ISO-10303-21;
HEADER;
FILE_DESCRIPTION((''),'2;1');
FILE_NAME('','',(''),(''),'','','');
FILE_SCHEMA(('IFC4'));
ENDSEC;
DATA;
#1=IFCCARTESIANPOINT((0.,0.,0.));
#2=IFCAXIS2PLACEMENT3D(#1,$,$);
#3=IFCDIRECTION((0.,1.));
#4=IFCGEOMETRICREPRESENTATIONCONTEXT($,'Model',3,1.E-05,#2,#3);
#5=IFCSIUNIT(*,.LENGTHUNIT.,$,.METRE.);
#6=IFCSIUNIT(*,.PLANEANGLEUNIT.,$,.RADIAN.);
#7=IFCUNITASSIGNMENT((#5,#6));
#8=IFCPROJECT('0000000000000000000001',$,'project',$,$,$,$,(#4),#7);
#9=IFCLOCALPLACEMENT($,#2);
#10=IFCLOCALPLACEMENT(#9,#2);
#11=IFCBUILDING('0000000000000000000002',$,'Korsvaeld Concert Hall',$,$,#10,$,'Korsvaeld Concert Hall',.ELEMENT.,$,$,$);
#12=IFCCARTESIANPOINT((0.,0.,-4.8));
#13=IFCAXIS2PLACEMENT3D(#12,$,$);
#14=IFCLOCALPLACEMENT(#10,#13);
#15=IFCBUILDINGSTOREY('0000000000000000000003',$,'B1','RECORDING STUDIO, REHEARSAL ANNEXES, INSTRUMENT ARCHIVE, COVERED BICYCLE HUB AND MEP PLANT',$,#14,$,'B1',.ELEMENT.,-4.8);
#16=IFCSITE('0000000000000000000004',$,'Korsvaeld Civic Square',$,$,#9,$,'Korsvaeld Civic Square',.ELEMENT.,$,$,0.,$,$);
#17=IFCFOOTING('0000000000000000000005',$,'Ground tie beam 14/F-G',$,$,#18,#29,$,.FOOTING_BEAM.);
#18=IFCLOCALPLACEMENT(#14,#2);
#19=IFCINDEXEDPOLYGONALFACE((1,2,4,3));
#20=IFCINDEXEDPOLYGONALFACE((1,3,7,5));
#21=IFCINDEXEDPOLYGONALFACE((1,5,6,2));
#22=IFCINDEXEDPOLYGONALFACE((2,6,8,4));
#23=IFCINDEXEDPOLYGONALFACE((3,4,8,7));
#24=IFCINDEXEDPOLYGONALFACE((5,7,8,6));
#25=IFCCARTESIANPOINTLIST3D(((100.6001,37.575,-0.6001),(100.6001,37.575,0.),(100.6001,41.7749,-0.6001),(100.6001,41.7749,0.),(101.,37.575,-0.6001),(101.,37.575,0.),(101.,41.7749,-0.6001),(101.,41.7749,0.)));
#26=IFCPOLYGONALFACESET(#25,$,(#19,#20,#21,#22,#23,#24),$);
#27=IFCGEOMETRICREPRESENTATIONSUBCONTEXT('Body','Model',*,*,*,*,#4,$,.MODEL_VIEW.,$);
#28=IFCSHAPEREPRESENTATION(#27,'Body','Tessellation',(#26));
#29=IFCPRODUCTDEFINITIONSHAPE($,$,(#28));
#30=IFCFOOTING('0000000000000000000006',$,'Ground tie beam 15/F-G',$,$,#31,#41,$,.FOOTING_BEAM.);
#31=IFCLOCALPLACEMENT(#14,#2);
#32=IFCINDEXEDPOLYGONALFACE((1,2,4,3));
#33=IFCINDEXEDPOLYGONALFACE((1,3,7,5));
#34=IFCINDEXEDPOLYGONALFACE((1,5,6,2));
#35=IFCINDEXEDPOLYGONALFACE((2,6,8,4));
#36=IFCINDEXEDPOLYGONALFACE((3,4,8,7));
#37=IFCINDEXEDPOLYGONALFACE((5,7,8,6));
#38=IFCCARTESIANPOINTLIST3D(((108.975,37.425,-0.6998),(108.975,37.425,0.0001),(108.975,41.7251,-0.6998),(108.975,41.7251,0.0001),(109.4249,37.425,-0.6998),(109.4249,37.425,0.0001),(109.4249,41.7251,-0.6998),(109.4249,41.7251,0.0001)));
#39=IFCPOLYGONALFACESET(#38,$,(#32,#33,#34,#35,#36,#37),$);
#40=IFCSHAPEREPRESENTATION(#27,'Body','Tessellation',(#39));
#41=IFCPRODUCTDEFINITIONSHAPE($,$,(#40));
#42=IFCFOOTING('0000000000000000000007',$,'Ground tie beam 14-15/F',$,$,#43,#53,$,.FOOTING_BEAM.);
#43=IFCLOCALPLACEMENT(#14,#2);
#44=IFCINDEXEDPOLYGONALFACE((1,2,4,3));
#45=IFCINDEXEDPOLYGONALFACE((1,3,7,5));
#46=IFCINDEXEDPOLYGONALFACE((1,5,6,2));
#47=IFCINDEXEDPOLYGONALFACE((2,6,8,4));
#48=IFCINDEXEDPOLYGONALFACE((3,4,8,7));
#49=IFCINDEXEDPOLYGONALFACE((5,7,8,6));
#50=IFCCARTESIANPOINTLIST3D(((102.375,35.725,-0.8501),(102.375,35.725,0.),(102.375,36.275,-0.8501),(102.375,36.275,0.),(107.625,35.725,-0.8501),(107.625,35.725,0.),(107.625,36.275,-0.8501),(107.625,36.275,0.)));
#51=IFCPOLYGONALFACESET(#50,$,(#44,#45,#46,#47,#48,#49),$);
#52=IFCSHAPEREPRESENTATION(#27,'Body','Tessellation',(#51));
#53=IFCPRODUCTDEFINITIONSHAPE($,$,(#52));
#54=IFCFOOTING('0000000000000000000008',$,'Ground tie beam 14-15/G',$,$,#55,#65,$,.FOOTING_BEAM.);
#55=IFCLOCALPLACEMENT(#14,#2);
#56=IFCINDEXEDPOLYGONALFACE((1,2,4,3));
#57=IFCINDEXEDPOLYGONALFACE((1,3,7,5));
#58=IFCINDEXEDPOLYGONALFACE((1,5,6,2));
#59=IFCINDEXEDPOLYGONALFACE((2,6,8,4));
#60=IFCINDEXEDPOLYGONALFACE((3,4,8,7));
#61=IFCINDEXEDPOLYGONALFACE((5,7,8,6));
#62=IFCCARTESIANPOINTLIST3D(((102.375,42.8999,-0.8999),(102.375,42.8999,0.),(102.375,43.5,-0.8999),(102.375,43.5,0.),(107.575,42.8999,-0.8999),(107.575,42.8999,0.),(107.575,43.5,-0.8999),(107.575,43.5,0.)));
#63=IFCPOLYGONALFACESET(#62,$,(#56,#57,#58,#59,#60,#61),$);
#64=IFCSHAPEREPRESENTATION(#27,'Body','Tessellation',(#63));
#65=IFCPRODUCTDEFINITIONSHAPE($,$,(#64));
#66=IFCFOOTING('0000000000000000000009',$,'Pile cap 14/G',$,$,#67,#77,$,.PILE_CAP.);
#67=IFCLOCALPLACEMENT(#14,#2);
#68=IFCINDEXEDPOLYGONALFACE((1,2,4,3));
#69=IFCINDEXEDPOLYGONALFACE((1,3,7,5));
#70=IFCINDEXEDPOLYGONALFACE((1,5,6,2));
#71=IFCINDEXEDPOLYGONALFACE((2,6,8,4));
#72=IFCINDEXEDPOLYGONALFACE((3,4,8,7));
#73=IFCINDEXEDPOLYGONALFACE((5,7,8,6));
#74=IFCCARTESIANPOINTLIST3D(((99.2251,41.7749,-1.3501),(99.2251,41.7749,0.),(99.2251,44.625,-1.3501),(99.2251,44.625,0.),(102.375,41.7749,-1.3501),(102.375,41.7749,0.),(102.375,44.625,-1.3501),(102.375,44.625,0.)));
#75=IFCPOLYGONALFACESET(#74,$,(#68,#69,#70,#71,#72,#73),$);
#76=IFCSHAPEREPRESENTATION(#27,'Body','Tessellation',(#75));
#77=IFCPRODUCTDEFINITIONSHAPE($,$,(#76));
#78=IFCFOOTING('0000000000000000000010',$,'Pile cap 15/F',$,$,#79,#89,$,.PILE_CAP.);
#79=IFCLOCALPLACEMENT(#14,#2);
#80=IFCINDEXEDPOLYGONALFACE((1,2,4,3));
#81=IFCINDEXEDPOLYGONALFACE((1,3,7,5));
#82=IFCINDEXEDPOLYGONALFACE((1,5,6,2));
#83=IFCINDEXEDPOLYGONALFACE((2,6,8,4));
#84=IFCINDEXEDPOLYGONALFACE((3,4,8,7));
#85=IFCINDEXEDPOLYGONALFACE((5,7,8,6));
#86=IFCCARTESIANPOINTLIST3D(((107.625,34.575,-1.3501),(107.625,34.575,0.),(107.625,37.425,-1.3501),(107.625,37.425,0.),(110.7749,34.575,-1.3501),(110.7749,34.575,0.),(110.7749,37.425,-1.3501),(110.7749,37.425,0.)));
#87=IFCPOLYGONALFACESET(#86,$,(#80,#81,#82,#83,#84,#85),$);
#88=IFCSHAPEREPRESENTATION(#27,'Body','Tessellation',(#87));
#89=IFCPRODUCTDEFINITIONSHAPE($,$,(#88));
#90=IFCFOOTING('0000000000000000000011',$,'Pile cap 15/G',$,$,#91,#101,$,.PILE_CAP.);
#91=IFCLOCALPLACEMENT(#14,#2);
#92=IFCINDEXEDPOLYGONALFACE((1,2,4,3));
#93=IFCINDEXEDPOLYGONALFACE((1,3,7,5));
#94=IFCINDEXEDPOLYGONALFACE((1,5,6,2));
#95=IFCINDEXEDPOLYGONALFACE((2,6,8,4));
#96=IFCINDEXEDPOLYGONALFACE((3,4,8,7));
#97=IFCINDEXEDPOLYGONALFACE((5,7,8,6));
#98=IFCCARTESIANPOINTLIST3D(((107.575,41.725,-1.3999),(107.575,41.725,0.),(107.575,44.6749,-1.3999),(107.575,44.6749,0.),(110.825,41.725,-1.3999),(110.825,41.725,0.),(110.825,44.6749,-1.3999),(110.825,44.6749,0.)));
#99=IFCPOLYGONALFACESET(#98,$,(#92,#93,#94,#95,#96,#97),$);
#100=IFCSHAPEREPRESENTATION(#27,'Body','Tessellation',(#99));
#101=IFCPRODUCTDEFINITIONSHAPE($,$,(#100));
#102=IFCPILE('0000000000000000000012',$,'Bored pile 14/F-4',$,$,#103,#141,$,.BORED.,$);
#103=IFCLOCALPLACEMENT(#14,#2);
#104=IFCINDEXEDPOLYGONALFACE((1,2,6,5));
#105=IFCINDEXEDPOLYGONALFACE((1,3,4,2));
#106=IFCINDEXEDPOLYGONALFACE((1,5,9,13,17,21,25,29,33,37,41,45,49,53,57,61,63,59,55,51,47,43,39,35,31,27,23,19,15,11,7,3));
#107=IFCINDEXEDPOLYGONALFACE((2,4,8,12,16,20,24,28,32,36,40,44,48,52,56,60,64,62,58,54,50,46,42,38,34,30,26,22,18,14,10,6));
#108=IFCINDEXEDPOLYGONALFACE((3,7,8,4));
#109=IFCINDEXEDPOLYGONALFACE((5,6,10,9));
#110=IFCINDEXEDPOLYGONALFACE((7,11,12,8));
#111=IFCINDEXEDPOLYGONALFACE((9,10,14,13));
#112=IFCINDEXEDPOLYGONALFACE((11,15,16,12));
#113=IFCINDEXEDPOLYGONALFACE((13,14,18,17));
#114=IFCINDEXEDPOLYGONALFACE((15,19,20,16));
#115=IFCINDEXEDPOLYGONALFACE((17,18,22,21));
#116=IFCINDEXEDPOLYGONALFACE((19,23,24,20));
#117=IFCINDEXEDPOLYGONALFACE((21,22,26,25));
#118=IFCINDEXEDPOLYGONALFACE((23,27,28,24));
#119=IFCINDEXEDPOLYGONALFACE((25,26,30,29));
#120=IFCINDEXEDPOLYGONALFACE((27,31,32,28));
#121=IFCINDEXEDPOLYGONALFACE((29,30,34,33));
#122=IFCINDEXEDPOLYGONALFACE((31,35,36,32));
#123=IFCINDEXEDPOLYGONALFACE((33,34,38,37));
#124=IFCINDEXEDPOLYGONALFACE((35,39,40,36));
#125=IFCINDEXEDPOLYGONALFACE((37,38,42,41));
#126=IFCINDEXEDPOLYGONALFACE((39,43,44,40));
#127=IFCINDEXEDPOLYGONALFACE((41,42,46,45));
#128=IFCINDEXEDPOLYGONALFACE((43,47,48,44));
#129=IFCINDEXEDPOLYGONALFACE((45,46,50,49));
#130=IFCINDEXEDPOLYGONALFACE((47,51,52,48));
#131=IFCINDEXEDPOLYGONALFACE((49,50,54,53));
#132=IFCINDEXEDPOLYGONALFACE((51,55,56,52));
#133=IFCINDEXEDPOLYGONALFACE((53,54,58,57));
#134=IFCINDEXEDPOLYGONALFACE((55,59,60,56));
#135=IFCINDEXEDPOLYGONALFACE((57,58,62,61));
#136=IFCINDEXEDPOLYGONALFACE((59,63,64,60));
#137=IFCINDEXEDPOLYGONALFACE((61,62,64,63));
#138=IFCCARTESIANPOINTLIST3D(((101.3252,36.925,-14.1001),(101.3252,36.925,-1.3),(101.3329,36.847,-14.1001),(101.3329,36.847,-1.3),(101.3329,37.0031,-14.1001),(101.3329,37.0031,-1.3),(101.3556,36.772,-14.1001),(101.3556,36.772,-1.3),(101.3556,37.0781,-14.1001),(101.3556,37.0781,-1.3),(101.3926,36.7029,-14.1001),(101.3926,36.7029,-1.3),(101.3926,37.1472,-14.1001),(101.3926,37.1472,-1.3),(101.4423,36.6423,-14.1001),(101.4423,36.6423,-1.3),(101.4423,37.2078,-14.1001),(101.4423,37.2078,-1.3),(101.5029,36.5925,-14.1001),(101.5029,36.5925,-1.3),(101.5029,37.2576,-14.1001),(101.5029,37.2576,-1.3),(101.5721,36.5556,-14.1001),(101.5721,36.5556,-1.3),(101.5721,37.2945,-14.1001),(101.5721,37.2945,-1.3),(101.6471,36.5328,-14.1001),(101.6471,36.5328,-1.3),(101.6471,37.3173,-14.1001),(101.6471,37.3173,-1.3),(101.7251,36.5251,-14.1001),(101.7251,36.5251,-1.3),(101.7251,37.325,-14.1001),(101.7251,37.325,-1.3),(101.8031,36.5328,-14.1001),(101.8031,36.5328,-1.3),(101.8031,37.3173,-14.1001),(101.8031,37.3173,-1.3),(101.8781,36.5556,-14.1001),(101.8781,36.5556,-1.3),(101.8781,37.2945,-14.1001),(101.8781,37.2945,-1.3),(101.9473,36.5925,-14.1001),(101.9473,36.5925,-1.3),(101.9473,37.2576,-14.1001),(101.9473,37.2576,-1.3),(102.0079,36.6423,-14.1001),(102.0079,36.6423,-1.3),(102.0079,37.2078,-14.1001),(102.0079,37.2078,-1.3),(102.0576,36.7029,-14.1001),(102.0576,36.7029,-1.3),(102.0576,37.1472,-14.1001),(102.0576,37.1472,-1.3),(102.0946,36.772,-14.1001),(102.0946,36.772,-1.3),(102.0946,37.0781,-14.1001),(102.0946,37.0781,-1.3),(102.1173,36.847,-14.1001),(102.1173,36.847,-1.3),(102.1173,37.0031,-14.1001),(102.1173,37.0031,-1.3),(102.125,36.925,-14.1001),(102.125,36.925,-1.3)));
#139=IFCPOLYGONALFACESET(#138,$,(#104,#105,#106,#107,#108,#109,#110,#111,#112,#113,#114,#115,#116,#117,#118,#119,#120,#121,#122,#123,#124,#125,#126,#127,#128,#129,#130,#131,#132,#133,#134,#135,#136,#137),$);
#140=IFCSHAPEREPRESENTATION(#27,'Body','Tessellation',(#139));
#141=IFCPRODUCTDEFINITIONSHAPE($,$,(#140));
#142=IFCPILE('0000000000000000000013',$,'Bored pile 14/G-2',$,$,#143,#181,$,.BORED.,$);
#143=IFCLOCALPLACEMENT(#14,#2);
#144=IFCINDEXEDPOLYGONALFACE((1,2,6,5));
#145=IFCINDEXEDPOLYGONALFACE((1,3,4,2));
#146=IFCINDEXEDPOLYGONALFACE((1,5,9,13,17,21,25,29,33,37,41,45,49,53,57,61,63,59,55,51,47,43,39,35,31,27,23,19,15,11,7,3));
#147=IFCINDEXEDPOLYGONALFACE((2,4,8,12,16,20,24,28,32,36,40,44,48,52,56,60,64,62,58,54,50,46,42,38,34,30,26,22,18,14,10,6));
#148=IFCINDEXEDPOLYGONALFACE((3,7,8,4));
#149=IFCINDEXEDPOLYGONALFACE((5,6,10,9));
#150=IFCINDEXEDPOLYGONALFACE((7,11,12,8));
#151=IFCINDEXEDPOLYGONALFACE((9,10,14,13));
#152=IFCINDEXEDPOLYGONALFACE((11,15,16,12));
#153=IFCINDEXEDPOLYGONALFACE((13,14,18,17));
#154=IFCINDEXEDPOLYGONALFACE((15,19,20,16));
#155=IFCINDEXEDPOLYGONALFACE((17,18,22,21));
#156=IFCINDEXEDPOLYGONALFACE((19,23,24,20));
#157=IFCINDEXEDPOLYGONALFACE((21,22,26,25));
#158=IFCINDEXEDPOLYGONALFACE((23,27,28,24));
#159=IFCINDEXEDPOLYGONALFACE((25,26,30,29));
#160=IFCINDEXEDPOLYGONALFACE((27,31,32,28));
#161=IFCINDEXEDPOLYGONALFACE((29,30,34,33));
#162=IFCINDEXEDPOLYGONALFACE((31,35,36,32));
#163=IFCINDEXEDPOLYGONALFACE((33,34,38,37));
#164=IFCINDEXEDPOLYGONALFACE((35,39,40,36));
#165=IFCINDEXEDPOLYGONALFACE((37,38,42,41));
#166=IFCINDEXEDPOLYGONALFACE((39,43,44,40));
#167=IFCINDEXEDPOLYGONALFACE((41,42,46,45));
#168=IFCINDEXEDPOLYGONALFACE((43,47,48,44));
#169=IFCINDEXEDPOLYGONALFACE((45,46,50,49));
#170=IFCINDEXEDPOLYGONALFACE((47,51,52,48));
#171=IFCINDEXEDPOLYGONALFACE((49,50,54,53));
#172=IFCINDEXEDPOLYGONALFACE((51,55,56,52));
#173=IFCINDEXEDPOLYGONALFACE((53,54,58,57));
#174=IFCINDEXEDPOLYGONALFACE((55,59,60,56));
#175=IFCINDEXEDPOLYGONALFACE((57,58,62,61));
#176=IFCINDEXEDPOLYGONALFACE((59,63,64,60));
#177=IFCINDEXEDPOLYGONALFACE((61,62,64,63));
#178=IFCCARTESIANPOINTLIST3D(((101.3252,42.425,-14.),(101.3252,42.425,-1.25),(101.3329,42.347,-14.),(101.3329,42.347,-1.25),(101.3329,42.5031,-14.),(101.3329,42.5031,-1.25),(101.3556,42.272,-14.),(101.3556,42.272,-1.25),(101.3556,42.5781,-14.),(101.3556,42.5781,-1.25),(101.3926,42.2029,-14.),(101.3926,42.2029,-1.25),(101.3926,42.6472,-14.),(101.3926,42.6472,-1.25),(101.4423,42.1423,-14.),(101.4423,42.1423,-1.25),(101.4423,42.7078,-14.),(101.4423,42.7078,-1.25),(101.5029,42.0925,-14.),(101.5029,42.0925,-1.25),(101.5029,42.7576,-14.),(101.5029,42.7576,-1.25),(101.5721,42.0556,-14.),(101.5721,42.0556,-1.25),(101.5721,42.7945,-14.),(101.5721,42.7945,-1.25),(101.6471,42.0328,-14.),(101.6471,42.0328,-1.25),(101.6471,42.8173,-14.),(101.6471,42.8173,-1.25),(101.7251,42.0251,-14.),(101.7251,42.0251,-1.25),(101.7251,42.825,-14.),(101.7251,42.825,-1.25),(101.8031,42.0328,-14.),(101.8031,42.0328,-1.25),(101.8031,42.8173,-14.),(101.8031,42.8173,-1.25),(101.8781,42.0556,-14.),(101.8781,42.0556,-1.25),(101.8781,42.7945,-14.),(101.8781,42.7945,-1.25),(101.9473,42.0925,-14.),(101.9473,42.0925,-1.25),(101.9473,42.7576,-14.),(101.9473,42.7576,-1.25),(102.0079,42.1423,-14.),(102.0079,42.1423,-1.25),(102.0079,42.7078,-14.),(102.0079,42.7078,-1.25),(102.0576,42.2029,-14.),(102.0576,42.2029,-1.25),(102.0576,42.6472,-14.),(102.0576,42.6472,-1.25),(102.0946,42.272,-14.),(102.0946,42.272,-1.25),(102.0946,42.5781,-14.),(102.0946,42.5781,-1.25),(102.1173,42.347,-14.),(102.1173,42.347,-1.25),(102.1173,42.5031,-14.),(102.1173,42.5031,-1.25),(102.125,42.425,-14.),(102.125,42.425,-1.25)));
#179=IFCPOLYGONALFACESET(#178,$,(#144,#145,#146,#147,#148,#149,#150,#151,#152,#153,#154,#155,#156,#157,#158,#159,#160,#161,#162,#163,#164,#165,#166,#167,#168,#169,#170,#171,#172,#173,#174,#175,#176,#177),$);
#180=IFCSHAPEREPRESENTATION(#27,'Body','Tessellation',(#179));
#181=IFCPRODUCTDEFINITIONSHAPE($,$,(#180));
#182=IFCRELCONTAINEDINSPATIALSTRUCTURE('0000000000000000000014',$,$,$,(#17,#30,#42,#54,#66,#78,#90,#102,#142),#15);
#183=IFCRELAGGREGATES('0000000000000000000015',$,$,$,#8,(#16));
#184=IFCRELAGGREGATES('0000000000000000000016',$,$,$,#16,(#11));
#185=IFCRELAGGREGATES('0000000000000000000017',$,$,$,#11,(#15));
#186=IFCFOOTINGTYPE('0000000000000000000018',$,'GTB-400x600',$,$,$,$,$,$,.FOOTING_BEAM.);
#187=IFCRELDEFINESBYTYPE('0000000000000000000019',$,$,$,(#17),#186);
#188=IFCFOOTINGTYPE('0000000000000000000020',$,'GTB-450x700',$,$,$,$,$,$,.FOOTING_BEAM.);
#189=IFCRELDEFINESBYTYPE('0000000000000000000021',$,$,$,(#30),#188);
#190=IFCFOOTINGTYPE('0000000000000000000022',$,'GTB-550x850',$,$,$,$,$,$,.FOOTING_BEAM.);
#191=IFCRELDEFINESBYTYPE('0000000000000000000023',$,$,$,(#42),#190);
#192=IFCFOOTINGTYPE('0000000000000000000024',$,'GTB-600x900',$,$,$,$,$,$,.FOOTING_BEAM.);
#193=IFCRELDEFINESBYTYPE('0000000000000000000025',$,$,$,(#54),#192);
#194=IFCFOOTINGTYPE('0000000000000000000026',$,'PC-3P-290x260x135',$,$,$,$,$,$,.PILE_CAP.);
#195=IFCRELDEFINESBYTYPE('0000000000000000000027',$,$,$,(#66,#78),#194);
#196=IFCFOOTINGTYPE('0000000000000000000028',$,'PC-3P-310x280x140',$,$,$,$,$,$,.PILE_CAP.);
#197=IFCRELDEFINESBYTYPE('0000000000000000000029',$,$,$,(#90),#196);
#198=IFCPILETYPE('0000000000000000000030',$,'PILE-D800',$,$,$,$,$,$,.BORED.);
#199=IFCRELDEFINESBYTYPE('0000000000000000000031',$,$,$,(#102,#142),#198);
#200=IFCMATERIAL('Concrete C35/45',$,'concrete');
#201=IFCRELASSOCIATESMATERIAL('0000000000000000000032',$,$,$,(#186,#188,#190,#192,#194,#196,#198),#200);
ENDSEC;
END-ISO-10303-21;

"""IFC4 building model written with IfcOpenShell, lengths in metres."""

from ifc_helpers import new_model, si_unit, direction, frame, origin, origin_2d, place, context, subcontext, project, spatial, rectangle, circle, extrude, material, material_profile, profile_set, type_object, element, save


model = new_model("IFC4")

# Units and contexts
model_context = context("Model", 3, precision=1e-05, world=origin(), true_north=direction((0.0, 1.0)))
body_context = subcontext(model_context, "Body", "Model", "MODEL_VIEW")
ifc_project = project(units=[si_unit("LENGTHUNIT", "METRE"), si_unit("PLANEANGLEUNIT", "RADIAN")], contexts=[model_context])

# Site, building, storey
site_placement = place(None, origin())
site = spatial("IfcSite", under=ifc_project, at=site_placement, Name="Korsvaeld Civic Square", LongName="Korsvaeld Civic Square", CompositionType="ELEMENT", RefElevation=0.0)
building_placement = place(site_placement, origin())
building = spatial("IfcBuilding", under=site, at=building_placement, Name="Korsvaeld Concert Hall", LongName="Korsvaeld Concert Hall", CompositionType="ELEMENT")
storey_placement = place(building_placement, frame((0.0, 0.0, -4.8)))
storey = spatial("IfcBuildingStorey", under=building, at=storey_placement, Name="B1", Description="RECORDING STUDIO, REHEARSAL ANNEXES, INSTRUMENT ARCHIVE, COVERED BICYCLE HUB AND MEP PLANT", LongName="B1", CompositionType="ELEMENT", Elevation=-4.8)

# Footings
ifc_material_1 = material(Name="Concrete C35/45", Category="concrete")
ifc_material_profile_1 = material_profile(ifc_material_1, rectangle(XDim=0.3999, YDim=0.6001, at=origin_2d()), Name="GTB 400x600")
ifc_profile_set_1 = profile_set([ifc_material_profile_1], Name="Concrete C35/45")
footing_type_1 = type_object("IfcFootingType", Name="GTB-400x600", PredefinedType="FOOTING_BEAM", material=ifc_profile_set_1)
footing_1_placement = place(storey_placement, frame((100.8, 37.575, -0.3), z_axis=(0.0, 1.0, 0.0), x_axis=(-1.0, 0.0, 0.0)))
element("IfcFooting", 1, at=footing_1_placement, inside=storey, type_object=footing_type_1, Name="Ground tie beam 14/F-G", PredefinedType="FOOTING_BEAM", context=body_context, shape_type="SweptSolid", body=[
    extrude(rectangle(XDim=0.3999, YDim=0.6001, at=origin_2d()), origin(), (0.0, 0.0, 1.0), 4.2),
])
ifc_material_profile_2 = material_profile(ifc_material_1, rectangle(XDim=0.45, YDim=0.7, at=origin_2d()), Name="GTB 450x700")
ifc_profile_set_2 = profile_set([ifc_material_profile_2], Name="Concrete C35/45")
footing_type_2 = type_object("IfcFootingType", Name="GTB-450x700", PredefinedType="FOOTING_BEAM", material=ifc_profile_set_2)
footing_2_placement = place(storey_placement, frame((109.2, 37.425, -0.3499), z_axis=(0.0, 1.0, 0.0), x_axis=(-1.0, 0.0, 0.0)))
element("IfcFooting", 2, at=footing_2_placement, inside=storey, type_object=footing_type_2, Name="Ground tie beam 15/F-G", PredefinedType="FOOTING_BEAM", context=body_context, shape_type="SweptSolid", body=[
    extrude(rectangle(XDim=0.45, YDim=0.7, at=origin_2d()), origin(), (0.0, 0.0, 1.0), 4.3),
])
ifc_material_profile_3 = material_profile(ifc_material_1, rectangle(XDim=0.55, YDim=0.8501, at=origin_2d()), Name="GTB 550x850")
ifc_profile_set_3 = profile_set([ifc_material_profile_3], Name="Concrete C35/45")
footing_type_3 = type_object("IfcFootingType", Name="GTB-550x850", PredefinedType="FOOTING_BEAM", material=ifc_profile_set_3)
footing_3_placement = place(storey_placement, frame((102.375, 36.0, -0.425), z_axis=(1.0, 0.0, 0.0), x_axis=(0.0, 1.0, 0.0)))
element("IfcFooting", 3, at=footing_3_placement, inside=storey, type_object=footing_type_3, Name="Ground tie beam 14-15/F", PredefinedType="FOOTING_BEAM", context=body_context, shape_type="SweptSolid", body=[
    extrude(rectangle(XDim=0.55, YDim=0.8501, at=origin_2d()), origin(), (0.0, 0.0, 1.0), 5.25),
])
ifc_material_profile_4 = material_profile(ifc_material_1, rectangle(XDim=0.6001, YDim=0.8999, at=origin_2d()), Name="GTB 600x900")
ifc_profile_set_4 = profile_set([ifc_material_profile_4], Name="Concrete C35/45")
footing_type_4 = type_object("IfcFootingType", Name="GTB-600x900", PredefinedType="FOOTING_BEAM", material=ifc_profile_set_4)
footing_4_placement = place(storey_placement, frame((102.375, 43.2, -0.45), z_axis=(1.0, 0.0, 0.0), x_axis=(0.0, 1.0, 0.0)))
element("IfcFooting", 4, at=footing_4_placement, inside=storey, type_object=footing_type_4, Name="Ground tie beam 14-15/G", PredefinedType="FOOTING_BEAM", context=body_context, shape_type="SweptSolid", body=[
    extrude(rectangle(XDim=0.6001, YDim=0.8999, at=origin_2d()), origin(), (0.0, 0.0, 1.0), 5.2),
])
footing_type_5 = type_object("IfcFootingType", Name="PC-3P-290x260x135", PredefinedType="PILE_CAP", material=ifc_material_1)
for number, where, z_axis, x_axis, name in (
    (5, (100.8, 43.2, -1.3501), (0.0, 0.0, 1.0), (1.0, 0.0, 0.0), "Pile cap 14/G"),
    (6, (109.2, 36.0, -1.3501), (0.0, 0.0, 1.0), (1.0, 0.0, 0.0), "Pile cap 15/F"),
):
    element("IfcFooting", number, at=place(storey_placement, frame(where, z_axis=z_axis, x_axis=x_axis)), inside=storey, type_object=footing_type_5, Name=name, PredefinedType="PILE_CAP", context=body_context, shape_type="SweptSolid", body=[
        extrude(rectangle(XDim=3.1499, YDim=2.8501, at=origin_2d()), origin(), (0.0, 0.0, 1.0), 1.3501),
    ])
footing_type_6 = type_object("IfcFootingType", Name="PC-3P-310x280x140", PredefinedType="PILE_CAP", material=ifc_material_1)
footing_5_placement = place(storey_placement, frame((109.2, 43.2, -1.3999), z_axis=(0.0, 0.0, 1.0), x_axis=(1.0, 0.0, 0.0)))
element("IfcFooting", 7, at=footing_5_placement, inside=storey, type_object=footing_type_6, Name="Pile cap 15/G", PredefinedType="PILE_CAP", context=body_context, shape_type="SweptSolid", body=[
    extrude(rectangle(XDim=3.25, YDim=2.95, at=origin_2d()), origin(), (0.0, 0.0, 1.0), 1.3999),
])

# Piles
ifc_material_profile_5 = material_profile(ifc_material_1, circle(Radius=0.3999, at=origin_2d()), Name="BORED PILE D800")
ifc_profile_set_5 = profile_set([ifc_material_profile_5], Name="Concrete C35/45")
pile_type = type_object("IfcPileType", Name="PILE-D800", PredefinedType="BORED", material=ifc_profile_set_5)
pile_1_placement = place(storey_placement, frame((101.7251, 36.925, -1.3), z_axis=(0.0, 0.0, -1.0), x_axis=(1.0, 0.0, 0.0)))
element("IfcPile", 8, at=pile_1_placement, inside=storey, type_object=pile_type, Name="Bored pile 14/F-4", PredefinedType="BORED", context=body_context, shape_type="SweptSolid", body=[
    extrude(circle(Radius=0.3999, at=origin_2d()), origin(), (0.0, 0.0, 1.0), 12.8),
])
for number, where, z_axis, x_axis, name in (
    (9, (101.7251, 42.425, -1.25), (0.0, 0.0, -1.0), (1.0, 0.0, 0.0), "Bored pile 14/G-2"),
):
    element("IfcPile", number, at=place(storey_placement, frame(where, z_axis=z_axis, x_axis=x_axis)), inside=storey, type_object=pile_type, Name=name, PredefinedType="BORED", context=body_context, shape_type="SweptSolid", body=[
        extrude(circle(Radius=0.3999, at=origin_2d()), origin(), (0.0, 0.0, 1.0), 12.75),
    ])

save(model, "model.ifc")
